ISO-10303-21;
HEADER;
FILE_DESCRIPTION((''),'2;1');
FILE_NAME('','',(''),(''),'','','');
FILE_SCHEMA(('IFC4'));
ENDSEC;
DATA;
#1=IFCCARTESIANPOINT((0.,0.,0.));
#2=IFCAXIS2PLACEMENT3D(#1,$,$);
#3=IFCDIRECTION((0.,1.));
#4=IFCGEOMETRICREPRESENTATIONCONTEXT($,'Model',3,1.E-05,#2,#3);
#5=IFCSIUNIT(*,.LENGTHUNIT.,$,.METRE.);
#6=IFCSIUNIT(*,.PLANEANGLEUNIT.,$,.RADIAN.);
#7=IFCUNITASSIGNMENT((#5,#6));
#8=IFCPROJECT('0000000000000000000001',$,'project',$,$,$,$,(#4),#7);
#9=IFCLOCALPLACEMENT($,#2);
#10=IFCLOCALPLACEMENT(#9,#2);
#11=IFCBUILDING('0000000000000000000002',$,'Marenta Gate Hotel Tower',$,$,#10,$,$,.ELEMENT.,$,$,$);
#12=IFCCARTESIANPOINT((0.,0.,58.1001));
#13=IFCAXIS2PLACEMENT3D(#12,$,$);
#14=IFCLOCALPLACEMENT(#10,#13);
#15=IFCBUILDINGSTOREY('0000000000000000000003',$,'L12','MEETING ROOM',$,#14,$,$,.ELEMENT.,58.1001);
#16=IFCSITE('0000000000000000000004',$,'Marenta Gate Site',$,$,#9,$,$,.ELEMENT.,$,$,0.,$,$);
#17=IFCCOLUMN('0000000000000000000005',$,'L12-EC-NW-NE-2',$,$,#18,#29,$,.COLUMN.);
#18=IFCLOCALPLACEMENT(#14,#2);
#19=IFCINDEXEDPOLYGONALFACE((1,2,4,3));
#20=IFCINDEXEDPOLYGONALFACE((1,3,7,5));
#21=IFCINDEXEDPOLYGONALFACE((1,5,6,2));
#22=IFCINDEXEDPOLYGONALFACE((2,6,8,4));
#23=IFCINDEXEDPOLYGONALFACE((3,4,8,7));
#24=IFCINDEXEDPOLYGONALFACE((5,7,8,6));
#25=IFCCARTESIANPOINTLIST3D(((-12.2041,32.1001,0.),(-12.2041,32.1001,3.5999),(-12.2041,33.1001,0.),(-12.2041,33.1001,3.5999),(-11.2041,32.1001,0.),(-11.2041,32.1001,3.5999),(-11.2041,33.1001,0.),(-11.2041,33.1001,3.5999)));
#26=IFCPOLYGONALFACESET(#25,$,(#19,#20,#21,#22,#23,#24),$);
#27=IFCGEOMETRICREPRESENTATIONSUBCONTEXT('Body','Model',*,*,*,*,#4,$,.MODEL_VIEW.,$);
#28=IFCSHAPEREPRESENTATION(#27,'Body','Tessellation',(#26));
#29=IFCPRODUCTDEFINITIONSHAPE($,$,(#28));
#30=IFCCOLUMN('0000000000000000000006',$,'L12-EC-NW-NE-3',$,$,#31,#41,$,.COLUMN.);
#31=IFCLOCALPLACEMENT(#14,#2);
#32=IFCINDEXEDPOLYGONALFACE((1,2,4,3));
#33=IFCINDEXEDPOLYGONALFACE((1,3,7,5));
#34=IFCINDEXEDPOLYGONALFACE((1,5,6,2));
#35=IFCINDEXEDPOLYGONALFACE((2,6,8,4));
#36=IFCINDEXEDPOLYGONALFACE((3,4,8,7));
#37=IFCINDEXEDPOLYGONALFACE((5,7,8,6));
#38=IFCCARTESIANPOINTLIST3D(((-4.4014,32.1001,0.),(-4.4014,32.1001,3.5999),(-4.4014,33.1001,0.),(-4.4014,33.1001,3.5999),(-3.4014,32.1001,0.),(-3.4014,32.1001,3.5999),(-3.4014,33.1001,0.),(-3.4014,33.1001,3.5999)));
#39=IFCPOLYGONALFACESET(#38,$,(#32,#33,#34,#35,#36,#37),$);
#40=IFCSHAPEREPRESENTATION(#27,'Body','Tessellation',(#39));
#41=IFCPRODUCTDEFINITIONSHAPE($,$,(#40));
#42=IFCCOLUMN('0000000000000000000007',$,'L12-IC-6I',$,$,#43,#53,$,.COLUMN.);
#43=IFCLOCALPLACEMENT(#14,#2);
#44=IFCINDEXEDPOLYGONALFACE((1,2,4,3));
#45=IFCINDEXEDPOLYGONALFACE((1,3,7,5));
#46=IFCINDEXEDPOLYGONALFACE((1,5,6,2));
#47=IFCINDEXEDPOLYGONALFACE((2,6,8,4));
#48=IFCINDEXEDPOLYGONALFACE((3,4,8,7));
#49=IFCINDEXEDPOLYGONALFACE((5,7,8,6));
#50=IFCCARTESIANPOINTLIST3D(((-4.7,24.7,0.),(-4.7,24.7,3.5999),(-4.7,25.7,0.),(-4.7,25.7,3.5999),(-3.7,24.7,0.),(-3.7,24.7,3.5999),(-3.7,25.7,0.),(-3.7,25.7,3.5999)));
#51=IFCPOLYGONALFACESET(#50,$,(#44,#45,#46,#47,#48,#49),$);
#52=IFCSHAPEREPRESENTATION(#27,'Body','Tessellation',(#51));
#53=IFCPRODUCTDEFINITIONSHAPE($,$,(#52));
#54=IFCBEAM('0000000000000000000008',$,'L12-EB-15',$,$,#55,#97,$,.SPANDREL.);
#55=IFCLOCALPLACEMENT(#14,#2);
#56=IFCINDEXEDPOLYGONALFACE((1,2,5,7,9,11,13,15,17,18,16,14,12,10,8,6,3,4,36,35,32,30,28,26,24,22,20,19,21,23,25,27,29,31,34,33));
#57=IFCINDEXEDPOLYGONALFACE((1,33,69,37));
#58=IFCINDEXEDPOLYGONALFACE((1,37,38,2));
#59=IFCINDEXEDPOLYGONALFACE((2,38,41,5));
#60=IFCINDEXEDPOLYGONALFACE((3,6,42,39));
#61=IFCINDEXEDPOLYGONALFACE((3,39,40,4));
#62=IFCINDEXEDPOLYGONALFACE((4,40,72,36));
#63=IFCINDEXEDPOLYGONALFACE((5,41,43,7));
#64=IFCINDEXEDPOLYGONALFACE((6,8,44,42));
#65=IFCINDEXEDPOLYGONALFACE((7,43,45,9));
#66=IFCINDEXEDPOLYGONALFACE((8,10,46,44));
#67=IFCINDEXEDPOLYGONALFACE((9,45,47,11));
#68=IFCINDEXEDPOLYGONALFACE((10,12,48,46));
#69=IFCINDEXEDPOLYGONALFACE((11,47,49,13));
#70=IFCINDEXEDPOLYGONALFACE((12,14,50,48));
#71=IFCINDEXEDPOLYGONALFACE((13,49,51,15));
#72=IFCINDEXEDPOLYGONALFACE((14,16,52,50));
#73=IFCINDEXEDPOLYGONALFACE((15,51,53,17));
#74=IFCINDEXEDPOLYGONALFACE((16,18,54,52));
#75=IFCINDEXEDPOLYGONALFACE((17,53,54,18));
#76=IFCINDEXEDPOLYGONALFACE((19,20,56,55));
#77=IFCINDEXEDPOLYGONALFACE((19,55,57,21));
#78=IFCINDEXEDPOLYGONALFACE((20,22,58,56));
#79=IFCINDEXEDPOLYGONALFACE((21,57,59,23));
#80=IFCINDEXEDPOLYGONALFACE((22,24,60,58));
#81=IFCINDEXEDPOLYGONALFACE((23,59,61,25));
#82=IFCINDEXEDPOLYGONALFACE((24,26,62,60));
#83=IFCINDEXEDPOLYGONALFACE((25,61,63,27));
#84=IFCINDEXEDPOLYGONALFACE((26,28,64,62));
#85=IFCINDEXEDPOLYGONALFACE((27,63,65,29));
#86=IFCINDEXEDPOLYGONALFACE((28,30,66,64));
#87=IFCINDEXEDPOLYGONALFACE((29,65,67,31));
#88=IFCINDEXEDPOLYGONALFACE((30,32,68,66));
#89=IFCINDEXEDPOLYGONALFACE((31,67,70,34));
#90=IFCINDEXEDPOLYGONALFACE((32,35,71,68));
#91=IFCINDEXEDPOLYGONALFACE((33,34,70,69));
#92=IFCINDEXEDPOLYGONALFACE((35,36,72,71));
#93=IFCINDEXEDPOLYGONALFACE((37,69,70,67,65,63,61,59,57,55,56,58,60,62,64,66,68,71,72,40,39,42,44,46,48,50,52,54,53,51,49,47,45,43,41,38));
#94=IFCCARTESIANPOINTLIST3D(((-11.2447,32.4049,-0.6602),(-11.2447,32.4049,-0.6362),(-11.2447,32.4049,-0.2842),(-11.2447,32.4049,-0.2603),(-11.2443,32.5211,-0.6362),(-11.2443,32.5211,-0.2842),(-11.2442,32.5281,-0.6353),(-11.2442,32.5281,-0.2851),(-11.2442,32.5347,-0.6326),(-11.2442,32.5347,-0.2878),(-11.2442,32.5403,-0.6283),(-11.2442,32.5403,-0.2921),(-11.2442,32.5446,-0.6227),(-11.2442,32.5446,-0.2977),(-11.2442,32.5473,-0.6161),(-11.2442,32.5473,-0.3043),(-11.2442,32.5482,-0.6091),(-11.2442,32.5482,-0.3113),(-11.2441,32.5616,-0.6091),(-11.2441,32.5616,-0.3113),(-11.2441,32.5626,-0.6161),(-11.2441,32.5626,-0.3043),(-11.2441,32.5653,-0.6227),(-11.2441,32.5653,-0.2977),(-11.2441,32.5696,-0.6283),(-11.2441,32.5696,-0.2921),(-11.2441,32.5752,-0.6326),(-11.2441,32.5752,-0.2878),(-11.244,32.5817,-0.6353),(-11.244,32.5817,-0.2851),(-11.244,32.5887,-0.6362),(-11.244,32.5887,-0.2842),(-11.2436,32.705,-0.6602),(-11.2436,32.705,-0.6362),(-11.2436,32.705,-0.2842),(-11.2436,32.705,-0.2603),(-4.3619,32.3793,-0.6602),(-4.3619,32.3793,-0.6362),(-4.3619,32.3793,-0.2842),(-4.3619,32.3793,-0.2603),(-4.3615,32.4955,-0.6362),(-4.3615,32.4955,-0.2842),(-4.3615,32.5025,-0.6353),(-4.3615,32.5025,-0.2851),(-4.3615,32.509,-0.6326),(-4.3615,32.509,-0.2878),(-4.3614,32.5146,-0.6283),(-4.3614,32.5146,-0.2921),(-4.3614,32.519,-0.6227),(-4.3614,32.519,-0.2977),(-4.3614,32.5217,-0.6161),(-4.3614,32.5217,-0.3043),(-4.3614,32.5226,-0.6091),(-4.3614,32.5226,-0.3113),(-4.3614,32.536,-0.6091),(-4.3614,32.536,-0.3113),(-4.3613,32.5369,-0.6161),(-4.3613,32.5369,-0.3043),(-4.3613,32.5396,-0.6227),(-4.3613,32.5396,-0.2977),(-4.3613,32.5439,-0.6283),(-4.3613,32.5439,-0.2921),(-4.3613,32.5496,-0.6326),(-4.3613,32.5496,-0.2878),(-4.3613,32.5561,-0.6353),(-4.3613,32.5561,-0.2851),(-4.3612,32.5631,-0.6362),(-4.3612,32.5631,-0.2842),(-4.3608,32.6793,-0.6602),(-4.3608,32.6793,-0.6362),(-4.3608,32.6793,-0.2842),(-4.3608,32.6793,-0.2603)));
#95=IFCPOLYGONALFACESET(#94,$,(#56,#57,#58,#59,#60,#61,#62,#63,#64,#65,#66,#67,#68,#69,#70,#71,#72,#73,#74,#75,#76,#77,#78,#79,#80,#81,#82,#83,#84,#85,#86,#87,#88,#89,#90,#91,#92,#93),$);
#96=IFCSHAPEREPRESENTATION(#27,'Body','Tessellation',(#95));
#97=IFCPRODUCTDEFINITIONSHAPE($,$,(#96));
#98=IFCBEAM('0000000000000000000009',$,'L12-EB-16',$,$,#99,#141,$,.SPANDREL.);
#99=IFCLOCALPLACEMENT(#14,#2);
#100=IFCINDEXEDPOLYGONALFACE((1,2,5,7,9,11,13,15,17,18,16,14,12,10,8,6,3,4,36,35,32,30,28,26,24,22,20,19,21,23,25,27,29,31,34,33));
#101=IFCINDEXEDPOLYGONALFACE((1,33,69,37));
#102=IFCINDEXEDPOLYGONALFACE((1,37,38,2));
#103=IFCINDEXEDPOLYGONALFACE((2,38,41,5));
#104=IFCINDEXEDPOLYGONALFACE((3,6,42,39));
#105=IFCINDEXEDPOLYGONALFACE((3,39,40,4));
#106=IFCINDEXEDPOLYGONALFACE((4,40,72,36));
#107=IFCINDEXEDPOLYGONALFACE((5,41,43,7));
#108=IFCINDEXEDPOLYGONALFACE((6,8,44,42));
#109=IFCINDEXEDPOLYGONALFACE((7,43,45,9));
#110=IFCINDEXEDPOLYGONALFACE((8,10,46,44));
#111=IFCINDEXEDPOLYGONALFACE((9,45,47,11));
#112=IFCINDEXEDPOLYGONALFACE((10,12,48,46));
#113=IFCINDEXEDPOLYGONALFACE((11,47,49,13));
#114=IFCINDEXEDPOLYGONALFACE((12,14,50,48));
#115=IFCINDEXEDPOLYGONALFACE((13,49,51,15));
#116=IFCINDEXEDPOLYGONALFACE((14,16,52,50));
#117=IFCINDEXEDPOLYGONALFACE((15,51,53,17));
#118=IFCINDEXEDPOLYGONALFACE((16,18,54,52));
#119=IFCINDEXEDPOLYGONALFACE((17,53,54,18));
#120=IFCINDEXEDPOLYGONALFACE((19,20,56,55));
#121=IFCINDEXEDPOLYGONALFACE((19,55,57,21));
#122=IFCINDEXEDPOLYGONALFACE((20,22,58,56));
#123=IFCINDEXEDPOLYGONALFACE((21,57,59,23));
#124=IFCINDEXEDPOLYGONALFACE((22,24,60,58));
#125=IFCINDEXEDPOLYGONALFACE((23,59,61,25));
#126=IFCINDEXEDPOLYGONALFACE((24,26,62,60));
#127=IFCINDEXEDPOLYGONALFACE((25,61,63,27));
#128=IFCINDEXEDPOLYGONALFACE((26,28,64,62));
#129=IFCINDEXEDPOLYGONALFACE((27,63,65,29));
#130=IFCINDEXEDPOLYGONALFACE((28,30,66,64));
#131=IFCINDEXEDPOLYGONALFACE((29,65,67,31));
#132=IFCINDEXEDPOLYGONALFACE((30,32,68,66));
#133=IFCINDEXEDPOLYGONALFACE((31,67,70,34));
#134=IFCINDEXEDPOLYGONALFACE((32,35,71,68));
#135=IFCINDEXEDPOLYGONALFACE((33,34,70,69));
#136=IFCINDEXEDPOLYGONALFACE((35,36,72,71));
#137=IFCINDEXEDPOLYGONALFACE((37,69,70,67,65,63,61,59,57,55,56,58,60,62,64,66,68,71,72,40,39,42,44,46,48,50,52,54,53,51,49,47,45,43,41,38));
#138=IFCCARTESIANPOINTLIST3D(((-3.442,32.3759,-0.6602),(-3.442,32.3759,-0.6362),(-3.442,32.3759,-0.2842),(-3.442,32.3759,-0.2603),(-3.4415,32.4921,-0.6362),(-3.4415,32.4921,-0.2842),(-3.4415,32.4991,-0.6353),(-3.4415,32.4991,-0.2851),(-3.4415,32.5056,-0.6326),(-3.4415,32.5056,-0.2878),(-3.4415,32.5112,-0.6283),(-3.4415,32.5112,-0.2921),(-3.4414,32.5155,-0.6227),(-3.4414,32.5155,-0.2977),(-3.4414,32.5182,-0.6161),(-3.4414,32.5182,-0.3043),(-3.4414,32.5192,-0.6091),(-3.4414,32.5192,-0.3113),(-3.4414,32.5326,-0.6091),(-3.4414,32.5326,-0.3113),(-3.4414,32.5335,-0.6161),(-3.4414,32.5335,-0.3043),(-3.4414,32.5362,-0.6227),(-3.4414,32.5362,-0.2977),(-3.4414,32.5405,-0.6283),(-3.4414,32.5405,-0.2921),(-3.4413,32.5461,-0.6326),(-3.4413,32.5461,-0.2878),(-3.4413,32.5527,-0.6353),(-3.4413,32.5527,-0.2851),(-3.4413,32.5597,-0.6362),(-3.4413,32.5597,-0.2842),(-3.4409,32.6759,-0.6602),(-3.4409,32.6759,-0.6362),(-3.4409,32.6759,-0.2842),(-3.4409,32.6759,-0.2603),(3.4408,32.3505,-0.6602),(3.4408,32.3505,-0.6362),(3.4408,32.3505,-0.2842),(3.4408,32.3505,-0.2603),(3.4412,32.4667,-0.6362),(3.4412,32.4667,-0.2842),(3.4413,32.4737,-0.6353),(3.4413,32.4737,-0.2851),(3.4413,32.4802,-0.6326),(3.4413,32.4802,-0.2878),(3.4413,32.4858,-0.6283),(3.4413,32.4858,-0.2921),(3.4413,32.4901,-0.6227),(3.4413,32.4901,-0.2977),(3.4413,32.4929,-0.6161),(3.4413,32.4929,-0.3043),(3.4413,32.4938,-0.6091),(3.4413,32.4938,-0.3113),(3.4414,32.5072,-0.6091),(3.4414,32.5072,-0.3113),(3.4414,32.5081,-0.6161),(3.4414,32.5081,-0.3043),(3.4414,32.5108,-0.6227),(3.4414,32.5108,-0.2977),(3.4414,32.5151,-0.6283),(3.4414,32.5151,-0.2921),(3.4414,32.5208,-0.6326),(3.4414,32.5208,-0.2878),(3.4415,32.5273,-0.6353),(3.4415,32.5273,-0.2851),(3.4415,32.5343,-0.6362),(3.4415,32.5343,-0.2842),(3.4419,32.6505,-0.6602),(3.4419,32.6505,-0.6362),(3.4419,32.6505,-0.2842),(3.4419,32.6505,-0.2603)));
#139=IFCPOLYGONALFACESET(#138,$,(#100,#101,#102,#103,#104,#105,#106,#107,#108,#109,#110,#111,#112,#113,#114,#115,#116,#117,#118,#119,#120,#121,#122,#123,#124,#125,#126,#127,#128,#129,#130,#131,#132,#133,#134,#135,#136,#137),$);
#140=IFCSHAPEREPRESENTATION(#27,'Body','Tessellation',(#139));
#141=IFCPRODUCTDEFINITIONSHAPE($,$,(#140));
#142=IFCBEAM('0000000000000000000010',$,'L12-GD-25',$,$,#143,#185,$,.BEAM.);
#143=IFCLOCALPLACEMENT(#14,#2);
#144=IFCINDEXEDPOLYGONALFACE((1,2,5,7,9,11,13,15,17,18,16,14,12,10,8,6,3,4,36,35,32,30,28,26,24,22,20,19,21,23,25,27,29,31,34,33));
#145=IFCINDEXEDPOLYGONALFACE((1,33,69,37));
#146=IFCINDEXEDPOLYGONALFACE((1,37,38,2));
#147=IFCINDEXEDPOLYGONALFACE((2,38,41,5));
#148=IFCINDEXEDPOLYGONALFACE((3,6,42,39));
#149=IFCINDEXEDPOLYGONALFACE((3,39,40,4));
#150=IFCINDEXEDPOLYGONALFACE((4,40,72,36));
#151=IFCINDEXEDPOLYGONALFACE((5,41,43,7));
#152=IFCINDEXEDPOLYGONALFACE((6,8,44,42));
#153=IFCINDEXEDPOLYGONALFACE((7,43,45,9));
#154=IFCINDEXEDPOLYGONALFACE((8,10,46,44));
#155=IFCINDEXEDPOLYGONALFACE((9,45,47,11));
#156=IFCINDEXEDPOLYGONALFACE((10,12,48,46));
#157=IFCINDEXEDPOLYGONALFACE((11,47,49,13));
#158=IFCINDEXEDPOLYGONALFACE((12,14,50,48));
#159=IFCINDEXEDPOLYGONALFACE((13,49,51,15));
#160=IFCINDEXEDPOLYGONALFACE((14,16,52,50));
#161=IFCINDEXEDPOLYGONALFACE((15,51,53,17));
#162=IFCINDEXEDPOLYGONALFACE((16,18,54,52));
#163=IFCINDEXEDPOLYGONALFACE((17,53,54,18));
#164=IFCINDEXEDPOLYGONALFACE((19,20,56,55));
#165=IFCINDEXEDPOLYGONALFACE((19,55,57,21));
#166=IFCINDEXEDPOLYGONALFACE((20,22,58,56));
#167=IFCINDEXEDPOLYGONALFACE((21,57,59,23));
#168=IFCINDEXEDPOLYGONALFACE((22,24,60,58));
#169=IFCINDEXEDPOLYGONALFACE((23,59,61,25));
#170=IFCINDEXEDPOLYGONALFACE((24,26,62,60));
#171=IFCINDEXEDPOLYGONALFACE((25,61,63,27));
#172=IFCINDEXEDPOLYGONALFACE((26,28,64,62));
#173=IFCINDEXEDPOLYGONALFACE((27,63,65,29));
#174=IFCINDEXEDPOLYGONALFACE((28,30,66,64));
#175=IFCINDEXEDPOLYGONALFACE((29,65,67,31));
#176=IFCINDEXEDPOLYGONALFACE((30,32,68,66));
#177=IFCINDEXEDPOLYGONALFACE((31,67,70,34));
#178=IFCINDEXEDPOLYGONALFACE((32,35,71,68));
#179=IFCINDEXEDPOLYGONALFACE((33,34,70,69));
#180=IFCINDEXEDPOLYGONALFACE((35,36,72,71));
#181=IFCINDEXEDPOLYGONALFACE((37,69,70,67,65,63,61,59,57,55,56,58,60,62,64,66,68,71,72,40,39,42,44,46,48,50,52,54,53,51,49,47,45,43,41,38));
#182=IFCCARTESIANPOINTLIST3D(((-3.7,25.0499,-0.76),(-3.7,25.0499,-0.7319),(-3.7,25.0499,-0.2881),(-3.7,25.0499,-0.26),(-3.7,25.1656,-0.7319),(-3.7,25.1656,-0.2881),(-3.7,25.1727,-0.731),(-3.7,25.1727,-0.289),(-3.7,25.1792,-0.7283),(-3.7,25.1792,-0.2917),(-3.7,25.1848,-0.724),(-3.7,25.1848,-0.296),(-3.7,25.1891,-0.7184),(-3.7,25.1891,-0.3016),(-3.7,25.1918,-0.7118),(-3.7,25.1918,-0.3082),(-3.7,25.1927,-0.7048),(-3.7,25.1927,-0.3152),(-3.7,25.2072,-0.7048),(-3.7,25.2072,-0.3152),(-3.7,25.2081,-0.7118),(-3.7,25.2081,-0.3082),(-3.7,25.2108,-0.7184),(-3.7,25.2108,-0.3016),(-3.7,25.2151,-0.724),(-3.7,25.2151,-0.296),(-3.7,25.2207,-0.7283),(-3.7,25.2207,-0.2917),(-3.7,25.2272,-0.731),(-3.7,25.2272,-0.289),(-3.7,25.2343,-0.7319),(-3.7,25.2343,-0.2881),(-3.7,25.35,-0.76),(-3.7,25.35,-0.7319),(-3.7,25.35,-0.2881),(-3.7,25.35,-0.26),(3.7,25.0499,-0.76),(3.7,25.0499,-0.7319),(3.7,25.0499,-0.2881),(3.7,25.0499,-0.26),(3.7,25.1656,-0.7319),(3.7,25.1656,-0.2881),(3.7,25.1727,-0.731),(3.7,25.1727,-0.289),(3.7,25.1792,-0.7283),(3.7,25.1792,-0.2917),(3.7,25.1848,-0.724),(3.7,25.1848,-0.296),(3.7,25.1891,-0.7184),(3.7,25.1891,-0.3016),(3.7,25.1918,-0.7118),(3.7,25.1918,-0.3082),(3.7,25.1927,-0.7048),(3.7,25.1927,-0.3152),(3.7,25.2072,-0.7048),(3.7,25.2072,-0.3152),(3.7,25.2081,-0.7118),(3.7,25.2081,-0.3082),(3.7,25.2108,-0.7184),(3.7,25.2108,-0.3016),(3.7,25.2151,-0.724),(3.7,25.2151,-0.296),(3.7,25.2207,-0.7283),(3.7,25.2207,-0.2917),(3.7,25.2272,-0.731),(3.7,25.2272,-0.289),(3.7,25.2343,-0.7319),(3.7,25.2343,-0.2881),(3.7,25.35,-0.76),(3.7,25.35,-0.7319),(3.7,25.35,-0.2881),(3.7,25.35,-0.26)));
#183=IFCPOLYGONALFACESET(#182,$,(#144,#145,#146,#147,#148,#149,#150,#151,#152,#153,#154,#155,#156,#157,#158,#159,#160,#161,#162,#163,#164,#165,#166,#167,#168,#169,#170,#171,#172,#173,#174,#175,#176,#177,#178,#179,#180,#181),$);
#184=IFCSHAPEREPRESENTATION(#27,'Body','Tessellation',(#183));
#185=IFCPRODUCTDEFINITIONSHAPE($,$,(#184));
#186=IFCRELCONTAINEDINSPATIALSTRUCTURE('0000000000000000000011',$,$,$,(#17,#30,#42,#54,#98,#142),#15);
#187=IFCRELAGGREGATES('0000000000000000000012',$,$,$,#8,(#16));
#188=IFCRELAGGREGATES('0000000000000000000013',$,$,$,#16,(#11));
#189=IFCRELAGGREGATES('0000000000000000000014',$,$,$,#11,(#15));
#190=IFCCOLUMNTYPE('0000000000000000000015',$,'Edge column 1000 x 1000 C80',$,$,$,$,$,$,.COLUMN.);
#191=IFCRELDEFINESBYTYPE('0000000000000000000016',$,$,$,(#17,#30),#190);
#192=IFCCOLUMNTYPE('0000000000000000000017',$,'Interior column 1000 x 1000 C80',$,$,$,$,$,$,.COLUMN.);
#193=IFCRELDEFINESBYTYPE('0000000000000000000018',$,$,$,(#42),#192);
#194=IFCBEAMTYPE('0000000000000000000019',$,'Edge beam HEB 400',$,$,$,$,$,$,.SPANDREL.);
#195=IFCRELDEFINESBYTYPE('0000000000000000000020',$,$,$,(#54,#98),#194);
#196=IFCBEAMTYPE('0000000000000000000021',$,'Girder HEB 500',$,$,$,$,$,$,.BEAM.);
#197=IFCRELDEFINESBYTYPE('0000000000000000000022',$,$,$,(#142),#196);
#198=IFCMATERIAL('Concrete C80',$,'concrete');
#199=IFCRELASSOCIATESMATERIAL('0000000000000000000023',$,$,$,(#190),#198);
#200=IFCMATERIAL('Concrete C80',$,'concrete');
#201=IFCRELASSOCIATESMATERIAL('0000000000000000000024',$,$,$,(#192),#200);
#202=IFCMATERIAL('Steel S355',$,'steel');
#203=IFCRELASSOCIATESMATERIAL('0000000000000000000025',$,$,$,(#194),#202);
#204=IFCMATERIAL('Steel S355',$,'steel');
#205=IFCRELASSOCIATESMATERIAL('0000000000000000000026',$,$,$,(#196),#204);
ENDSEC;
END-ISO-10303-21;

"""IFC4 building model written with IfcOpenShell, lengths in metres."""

from ifc_helpers import new_model, si_unit, direction, frame, origin, origin_2d, place, context, subcontext, project, spatial, rectangle, i_section, extrude, material, material_profile, profile_set, type_object, element, save


model = new_model("IFC4")

# Units and contexts
model_context = context("Model", 3, precision=1e-05, world=origin(), true_north=direction((0.0, 1.0)))
body_context = subcontext(model_context, "Body", "Model", "MODEL_VIEW")
ifc_project = project(units=[si_unit("LENGTHUNIT", "METRE"), si_unit("PLANEANGLEUNIT", "RADIAN")], contexts=[model_context])

# Site, building, storey
site_placement = place(None, origin())
site = spatial("IfcSite", under=ifc_project, at=site_placement, Name="Marenta Gate Site", CompositionType="ELEMENT", RefElevation=0.0)
building_placement = place(site_placement, origin())
building = spatial("IfcBuilding", under=site, at=building_placement, Name="Marenta Gate Hotel Tower", CompositionType="ELEMENT")
storey_placement = place(building_placement, frame((0.0, 0.0, 58.1001)))
storey = spatial("IfcBuildingStorey", under=building, at=storey_placement, Name="L12", Description="MEETING ROOM", CompositionType="ELEMENT", Elevation=58.1001)

# Columns
ifc_material_1 = material(Name="Concrete C80", Category="concrete")
ifc_material_profile_1 = material_profile(ifc_material_1, rectangle(XDim=1.0, YDim=1.0, at=origin_2d()), Name="1000 x 1000")
ifc_profile_set_1 = profile_set([ifc_material_profile_1], Name="Concrete C80")
column_type_1 = type_object("IfcColumnType", Name="Edge column 1000 x 1000 C80", PredefinedType="COLUMN", material=ifc_profile_set_1)
for number, where, z_axis, x_axis, name in (
    (1, (-11.7041, 32.6001, 0.0), (0.0, 0.0, 1.0), (1.0, 0.0, 0.0), "L12-EC-NW-NE-2"),
    (2, (-3.9014, 32.6001, 0.0), (0.0, 0.0, 1.0), (1.0, 0.0, 0.0), "L12-EC-NW-NE-3"),
):
    element("IfcColumn", number, at=place(storey_placement, frame(where, z_axis=z_axis, x_axis=x_axis)), inside=storey, type_object=column_type_1, Name=name, PredefinedType="COLUMN", context=body_context, shape_type="SweptSolid", body=[
        extrude(rectangle(XDim=1.0, YDim=1.0, at=origin_2d()), origin(), (0.0, 0.0, 1.0), 3.5999),
    ])
ifc_material_2 = material(Name="Concrete C80", Category="concrete")
ifc_material_profile_2 = material_profile(ifc_material_2, rectangle(XDim=1.0, YDim=1.0, at=origin_2d()), Name="1000 x 1000")
ifc_profile_set_2 = profile_set([ifc_material_profile_2], Name="Concrete C80")
column_type_2 = type_object("IfcColumnType", Name="Interior column 1000 x 1000 C80", PredefinedType="COLUMN", material=ifc_profile_set_2)
column_placement = place(storey_placement, frame((-4.2, 25.2, 0.0), z_axis=(0.0, 0.0, 1.0), x_axis=(1.0, 0.0, 0.0)))
element("IfcColumn", 3, at=column_placement, inside=storey, type_object=column_type_2, Name="L12-IC-6I", PredefinedType="COLUMN", context=body_context, shape_type="SweptSolid", body=[
    extrude(rectangle(XDim=1.0, YDim=1.0, at=origin_2d()), origin(), (0.0, 0.0, 1.0), 3.5999),
])

# Beams
ifc_material_3 = material(Name="Steel S355", Category="steel")
ifc_material_profile_3 = material_profile(ifc_material_3, i_section(OverallWidth=0.3, OverallDepth=0.3999, WebThickness=0.0134, FlangeThickness=0.0239, FilletRadius=0.0271, at=origin_2d()), Name="HEB 400")
ifc_profile_set_3 = profile_set([ifc_material_profile_3], Name="Steel S355")
beam_type_1 = type_object("IfcBeamType", Name="Edge beam HEB 400", PredefinedType="SPANDREL", material=ifc_profile_set_3)
for number, where, z_axis, x_axis, name in (
    (4, (-11.2441, 32.5549, -0.4602), (0.999993, -0.003724, 0.0), (0.003724, 0.999993, 0.0), "L12-EB-15"),
    (5, (-3.4414, 32.5259, -0.4602), (0.999993, -0.003689, 0.0), (0.003689, 0.999993, 0.0), "L12-EB-16"),
):
    element("IfcBeam", number, at=place(storey_placement, frame(where, z_axis=z_axis, x_axis=x_axis)), inside=storey, type_object=beam_type_1, Name=name, PredefinedType="SPANDREL", context=body_context, shape_type="SweptSolid", body=[
        extrude(i_section(OverallWidth=0.3, OverallDepth=0.3999, WebThickness=0.0134, FlangeThickness=0.0239, FilletRadius=0.0271, at=origin_2d()), origin(), (0.0, 0.0, 1.0), 6.8828),
    ])
ifc_material_4 = material(Name="Steel S355", Category="steel")
ifc_material_profile_4 = material_profile(ifc_material_4, i_section(OverallWidth=0.3, OverallDepth=0.5, WebThickness=0.0144, FlangeThickness=0.0281, FilletRadius=0.0271, at=origin_2d()), Name="HEB 500")
ifc_profile_set_4 = profile_set([ifc_material_profile_4], Name="Steel S355")
beam_type_2 = type_object("IfcBeamType", Name="Girder HEB 500", PredefinedType="BEAM", material=ifc_profile_set_4)
beam_placement = place(storey_placement, frame((-3.7, 25.2, -0.51), z_axis=(1.0, 0.0, 0.0), x_axis=(0.0, 1.0, 0.0)))
element("IfcBeam", 6, at=beam_placement, inside=storey, type_object=beam_type_2, Name="L12-GD-25", PredefinedType="BEAM", context=body_context, shape_type="SweptSolid", body=[
    extrude(i_section(OverallWidth=0.3, OverallDepth=0.5, WebThickness=0.0144, FlangeThickness=0.0281, FilletRadius=0.0271, at=origin_2d()), origin(), (0.0, 0.0, 1.0), 7.3999),
])

save(model, "model.ifc")
